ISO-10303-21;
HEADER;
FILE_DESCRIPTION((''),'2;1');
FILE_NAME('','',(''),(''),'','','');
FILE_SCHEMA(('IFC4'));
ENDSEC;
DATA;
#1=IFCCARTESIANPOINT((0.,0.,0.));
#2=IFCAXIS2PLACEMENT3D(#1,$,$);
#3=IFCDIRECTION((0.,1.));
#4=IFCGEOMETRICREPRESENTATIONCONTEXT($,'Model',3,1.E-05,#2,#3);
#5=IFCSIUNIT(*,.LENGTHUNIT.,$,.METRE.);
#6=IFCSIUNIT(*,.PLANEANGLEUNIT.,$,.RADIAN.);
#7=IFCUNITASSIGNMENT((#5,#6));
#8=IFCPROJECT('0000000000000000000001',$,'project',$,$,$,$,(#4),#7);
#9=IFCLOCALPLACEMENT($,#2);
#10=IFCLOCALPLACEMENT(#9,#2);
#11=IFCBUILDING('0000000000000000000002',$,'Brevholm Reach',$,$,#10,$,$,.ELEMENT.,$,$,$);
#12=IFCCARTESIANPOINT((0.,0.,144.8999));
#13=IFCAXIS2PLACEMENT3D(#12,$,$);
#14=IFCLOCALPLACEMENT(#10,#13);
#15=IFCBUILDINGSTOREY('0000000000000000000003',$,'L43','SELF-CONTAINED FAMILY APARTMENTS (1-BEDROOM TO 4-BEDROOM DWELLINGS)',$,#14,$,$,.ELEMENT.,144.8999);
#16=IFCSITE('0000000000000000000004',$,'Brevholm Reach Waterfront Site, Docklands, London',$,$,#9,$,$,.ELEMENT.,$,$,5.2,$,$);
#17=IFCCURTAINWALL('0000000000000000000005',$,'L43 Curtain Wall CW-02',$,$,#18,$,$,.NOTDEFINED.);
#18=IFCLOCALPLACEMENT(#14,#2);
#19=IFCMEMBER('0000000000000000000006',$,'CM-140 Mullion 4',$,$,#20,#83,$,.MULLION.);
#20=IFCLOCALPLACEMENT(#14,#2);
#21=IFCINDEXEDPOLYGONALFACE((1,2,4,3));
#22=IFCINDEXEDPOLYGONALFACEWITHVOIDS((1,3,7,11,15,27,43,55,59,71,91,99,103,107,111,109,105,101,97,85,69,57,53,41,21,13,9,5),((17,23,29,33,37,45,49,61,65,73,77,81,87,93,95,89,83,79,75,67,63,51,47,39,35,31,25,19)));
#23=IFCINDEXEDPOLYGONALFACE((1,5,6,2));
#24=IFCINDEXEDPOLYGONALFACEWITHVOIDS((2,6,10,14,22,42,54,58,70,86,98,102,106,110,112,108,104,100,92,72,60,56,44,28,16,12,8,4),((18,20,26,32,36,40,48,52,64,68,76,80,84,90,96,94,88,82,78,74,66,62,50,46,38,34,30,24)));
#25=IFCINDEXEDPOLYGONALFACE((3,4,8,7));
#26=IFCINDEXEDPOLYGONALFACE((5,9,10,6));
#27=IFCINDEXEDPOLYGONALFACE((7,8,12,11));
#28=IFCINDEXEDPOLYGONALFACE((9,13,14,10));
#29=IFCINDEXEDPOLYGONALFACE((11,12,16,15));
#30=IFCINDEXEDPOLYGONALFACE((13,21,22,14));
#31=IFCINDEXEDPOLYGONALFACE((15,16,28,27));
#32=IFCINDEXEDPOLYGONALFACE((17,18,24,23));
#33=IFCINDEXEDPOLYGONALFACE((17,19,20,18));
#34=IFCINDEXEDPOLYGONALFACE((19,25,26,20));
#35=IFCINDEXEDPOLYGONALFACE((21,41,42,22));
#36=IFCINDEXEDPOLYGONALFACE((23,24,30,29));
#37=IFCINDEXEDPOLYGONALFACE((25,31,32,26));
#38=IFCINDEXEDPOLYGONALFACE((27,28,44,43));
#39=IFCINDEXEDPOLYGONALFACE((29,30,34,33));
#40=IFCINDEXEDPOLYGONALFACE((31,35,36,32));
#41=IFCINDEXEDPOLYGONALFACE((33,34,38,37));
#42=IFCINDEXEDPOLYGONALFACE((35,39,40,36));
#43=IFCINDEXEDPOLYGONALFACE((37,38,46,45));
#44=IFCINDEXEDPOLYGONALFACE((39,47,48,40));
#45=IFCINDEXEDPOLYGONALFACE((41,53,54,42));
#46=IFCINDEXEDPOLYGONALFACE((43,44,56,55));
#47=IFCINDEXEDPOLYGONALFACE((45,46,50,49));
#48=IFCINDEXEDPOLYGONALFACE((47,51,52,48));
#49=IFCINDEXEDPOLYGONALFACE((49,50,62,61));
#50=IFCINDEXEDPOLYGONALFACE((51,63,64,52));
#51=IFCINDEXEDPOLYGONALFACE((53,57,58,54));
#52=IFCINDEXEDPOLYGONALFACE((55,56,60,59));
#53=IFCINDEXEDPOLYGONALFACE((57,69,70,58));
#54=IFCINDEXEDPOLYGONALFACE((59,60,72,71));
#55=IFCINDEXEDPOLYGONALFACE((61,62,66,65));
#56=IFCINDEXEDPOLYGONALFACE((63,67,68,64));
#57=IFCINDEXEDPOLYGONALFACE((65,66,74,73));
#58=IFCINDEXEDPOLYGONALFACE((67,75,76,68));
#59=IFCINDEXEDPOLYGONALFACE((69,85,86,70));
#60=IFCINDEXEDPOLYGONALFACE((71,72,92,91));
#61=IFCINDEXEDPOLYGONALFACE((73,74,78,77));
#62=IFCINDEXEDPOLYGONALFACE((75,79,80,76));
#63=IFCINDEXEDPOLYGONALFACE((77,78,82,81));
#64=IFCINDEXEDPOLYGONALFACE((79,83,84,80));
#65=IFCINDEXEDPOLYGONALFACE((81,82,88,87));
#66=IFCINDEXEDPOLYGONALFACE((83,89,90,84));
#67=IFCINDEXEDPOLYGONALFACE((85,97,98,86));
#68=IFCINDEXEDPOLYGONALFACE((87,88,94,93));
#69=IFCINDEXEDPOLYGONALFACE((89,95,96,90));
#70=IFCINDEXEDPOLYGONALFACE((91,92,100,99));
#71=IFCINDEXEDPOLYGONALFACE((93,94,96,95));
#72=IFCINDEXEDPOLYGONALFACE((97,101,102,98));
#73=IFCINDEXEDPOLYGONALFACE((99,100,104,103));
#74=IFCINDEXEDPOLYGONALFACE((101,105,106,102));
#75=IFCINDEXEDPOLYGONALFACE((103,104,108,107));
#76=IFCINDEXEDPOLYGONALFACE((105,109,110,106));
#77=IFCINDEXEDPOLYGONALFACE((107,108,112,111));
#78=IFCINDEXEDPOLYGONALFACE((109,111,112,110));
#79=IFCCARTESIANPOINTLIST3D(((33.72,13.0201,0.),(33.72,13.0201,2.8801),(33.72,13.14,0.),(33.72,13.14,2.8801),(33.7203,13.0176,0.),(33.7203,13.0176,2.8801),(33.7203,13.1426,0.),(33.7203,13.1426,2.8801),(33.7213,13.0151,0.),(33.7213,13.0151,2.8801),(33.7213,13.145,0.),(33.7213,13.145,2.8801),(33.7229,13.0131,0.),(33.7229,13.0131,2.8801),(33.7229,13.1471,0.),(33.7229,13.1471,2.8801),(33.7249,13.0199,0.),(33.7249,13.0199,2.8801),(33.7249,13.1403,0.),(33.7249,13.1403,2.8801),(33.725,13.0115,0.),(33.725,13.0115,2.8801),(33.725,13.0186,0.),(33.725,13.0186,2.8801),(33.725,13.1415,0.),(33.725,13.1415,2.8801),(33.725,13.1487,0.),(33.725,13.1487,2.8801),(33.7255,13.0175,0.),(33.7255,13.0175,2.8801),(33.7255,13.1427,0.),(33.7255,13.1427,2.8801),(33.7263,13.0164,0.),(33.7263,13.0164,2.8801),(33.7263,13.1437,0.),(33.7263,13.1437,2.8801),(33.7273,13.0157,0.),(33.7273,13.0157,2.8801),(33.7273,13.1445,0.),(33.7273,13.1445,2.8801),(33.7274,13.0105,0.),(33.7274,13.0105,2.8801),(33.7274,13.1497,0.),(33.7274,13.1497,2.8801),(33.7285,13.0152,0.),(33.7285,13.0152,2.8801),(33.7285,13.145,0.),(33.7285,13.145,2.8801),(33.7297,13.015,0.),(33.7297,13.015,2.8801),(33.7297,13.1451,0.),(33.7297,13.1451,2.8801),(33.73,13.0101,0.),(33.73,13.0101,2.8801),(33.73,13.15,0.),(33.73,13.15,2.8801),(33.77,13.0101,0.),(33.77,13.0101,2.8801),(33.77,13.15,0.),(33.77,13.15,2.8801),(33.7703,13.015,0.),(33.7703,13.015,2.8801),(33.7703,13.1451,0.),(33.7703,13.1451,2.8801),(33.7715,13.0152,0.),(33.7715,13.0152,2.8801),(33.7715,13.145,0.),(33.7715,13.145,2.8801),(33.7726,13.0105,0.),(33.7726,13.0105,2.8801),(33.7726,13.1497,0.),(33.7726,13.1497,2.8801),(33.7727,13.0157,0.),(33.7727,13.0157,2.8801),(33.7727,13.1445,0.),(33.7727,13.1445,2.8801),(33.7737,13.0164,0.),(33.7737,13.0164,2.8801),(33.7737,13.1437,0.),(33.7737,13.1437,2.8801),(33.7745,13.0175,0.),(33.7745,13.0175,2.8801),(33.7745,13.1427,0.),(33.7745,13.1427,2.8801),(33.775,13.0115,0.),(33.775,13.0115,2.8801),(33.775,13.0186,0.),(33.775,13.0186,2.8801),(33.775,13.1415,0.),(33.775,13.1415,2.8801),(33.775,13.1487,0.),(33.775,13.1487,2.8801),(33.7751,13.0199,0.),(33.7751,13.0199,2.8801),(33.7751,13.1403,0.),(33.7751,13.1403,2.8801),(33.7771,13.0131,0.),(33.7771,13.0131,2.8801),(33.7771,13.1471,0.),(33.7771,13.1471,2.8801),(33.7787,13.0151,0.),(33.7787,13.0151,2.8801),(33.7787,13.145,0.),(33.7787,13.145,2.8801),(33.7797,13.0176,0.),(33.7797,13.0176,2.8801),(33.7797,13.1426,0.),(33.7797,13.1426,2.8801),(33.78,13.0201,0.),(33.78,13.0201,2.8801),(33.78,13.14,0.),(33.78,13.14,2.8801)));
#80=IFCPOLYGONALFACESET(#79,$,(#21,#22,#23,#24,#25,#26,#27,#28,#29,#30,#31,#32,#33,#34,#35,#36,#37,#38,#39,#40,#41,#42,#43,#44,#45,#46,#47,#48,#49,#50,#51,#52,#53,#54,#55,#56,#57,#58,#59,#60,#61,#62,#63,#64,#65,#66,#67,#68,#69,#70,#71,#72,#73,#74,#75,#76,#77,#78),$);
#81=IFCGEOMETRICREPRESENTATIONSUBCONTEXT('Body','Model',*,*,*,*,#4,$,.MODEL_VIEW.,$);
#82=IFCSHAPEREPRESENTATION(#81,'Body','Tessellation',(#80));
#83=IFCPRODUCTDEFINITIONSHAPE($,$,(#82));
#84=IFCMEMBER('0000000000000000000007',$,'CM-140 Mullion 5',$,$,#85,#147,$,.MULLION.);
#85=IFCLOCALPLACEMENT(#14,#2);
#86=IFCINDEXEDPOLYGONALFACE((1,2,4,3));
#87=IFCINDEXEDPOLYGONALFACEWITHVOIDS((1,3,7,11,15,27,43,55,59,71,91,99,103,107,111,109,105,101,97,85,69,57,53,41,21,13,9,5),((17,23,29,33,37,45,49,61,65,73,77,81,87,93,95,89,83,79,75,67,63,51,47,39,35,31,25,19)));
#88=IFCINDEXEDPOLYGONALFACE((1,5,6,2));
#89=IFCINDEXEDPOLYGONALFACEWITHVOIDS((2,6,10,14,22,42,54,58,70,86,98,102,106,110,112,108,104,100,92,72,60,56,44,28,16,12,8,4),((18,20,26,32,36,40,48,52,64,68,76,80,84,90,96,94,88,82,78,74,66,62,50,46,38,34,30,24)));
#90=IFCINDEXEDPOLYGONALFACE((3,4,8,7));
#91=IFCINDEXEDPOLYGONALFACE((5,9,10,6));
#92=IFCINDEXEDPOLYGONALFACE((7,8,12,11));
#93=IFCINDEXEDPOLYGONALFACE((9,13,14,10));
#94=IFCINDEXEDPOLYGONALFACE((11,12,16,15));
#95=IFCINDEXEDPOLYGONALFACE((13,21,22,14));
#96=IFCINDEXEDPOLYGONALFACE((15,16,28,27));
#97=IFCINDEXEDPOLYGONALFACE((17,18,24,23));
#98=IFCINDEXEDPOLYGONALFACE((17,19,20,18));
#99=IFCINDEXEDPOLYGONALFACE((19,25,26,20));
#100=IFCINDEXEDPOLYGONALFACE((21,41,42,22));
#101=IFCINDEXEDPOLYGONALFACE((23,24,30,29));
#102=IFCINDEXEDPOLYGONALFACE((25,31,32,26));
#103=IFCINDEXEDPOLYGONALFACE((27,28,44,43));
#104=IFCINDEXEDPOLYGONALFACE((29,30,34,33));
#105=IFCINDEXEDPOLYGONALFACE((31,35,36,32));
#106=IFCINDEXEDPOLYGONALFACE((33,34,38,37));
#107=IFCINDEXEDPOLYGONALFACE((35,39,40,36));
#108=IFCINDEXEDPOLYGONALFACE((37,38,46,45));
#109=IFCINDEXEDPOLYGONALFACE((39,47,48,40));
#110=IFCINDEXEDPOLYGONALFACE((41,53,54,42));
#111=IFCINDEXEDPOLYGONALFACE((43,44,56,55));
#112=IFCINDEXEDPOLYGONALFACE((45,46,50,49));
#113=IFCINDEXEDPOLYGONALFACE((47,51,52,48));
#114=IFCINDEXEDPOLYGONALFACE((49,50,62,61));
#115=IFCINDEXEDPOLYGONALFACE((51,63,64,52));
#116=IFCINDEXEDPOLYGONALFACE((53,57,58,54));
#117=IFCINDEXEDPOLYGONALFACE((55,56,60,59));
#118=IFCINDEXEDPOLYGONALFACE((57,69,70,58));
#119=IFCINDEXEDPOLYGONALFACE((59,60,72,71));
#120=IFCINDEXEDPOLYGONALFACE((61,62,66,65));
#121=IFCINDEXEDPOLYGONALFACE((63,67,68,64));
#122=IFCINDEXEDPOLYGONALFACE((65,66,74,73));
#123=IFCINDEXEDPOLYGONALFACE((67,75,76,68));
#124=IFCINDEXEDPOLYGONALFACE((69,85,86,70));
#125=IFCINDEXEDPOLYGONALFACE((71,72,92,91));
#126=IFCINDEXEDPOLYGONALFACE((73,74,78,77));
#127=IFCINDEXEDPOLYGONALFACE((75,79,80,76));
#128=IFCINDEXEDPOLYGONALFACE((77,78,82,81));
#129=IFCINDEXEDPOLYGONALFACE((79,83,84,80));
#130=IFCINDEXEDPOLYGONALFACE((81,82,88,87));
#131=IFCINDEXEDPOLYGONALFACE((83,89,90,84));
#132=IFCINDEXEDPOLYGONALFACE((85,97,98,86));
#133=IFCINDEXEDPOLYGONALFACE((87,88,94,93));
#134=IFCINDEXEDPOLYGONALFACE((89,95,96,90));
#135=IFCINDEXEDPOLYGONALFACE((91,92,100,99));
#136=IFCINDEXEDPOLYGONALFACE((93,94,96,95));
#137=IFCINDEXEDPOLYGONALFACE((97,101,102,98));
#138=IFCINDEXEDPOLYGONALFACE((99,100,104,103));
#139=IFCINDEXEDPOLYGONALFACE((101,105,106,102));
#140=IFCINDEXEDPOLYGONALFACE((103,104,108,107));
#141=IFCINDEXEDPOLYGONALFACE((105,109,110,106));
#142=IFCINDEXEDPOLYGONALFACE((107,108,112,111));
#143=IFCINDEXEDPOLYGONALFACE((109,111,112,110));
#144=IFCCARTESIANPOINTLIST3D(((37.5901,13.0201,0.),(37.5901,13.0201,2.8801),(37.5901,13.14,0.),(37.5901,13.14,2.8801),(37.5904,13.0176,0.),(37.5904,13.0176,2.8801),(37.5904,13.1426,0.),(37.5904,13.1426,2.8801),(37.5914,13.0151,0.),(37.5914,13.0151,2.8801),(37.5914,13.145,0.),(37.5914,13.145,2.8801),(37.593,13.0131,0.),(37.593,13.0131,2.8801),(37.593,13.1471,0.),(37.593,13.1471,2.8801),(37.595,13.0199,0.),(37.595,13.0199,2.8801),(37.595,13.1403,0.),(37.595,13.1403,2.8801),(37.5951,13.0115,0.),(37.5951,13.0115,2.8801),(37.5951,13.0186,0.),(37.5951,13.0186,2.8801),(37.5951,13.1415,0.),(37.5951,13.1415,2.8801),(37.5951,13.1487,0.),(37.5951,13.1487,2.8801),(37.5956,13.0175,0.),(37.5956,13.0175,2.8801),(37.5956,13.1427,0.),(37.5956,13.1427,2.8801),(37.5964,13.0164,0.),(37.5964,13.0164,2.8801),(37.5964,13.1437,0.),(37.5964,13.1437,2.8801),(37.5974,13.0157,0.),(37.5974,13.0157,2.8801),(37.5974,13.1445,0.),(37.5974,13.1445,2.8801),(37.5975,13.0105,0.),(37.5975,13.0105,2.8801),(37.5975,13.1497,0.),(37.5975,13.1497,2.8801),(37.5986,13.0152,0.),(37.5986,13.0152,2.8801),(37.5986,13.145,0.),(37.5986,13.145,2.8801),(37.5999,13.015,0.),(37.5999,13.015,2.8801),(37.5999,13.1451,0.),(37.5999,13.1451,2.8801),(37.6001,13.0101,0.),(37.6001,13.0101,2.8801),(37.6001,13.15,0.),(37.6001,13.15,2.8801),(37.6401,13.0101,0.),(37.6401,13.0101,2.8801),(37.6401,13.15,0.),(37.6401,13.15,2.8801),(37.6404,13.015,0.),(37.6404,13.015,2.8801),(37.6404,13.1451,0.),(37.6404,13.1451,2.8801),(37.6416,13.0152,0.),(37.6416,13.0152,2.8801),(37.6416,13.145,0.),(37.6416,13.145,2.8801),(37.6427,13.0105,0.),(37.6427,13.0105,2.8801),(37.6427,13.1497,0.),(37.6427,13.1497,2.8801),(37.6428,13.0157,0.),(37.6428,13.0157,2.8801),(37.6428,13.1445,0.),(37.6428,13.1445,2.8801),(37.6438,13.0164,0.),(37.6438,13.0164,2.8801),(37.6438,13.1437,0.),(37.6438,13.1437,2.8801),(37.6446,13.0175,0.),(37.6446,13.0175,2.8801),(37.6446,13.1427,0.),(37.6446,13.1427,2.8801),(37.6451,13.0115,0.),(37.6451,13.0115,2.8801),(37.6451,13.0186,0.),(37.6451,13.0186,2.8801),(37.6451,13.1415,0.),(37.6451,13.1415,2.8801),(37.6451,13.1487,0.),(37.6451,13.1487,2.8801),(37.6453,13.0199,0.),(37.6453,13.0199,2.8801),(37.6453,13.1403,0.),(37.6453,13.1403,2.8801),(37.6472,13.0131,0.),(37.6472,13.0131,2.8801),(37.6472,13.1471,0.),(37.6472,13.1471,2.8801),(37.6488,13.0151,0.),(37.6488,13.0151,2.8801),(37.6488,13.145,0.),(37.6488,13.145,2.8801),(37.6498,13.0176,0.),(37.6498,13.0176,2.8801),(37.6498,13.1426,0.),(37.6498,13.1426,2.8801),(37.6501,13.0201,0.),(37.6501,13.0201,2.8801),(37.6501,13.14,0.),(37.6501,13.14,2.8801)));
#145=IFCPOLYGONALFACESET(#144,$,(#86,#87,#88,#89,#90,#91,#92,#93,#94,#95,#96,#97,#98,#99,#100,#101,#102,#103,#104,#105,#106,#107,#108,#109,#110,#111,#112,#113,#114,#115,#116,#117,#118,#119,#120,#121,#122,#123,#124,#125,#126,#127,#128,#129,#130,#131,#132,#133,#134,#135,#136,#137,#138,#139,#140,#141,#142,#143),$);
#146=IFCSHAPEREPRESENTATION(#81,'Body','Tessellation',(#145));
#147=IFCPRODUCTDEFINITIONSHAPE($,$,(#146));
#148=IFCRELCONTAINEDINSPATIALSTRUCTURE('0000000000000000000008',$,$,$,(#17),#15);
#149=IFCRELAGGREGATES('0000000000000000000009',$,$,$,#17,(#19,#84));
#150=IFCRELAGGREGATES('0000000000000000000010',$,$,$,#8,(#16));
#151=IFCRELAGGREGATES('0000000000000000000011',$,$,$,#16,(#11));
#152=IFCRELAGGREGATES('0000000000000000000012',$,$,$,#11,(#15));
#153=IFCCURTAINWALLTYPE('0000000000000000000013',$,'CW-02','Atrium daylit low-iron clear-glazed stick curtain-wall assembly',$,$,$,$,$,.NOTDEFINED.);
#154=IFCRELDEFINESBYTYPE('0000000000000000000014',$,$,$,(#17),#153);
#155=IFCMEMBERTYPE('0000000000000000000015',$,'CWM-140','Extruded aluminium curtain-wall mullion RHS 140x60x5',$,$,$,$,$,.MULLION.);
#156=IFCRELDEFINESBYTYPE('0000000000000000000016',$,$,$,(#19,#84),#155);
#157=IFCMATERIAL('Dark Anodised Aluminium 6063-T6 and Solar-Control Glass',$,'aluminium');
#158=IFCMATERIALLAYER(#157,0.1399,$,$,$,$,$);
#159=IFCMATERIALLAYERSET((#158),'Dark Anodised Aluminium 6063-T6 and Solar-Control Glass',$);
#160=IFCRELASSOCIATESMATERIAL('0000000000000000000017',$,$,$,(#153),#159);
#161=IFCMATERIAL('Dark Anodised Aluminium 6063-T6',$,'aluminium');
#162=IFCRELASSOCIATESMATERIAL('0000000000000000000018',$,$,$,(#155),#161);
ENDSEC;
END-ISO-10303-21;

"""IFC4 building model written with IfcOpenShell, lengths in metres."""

from ifc_helpers import new_model, si_unit, direction, frame, origin, origin_2d, place, context, subcontext, project, spatial, hollow_rectangle, extrude, material, layer, layer_set, material_profile, profile_set, type_object, element, aggregate, save


model = new_model("IFC4")

# Units and contexts
model_context = context("Model", 3, precision=1e-05, world=origin(), true_north=direction((0.0, 1.0)))
body_context = subcontext(model_context, "Body", "Model", "MODEL_VIEW")
ifc_project = project(units=[si_unit("LENGTHUNIT", "METRE"), si_unit("PLANEANGLEUNIT", "RADIAN")], contexts=[model_context])

# Site, building, storey
site_placement = place(None, origin())
site = spatial("IfcSite", under=ifc_project, at=site_placement, Name="Brevholm Reach Waterfront Site, Docklands, London", CompositionType="ELEMENT", RefElevation=5.2)
building_placement = place(site_placement, origin())
building = spatial("IfcBuilding", under=site, at=building_placement, Name="Brevholm Reach", CompositionType="ELEMENT")
storey_placement = place(building_placement, frame((0.0, 0.0, 144.8999)))
storey = spatial("IfcBuildingStorey", under=building, at=storey_placement, Name="L43", Description="SELF-CONTAINED FAMILY APARTMENTS (1-BEDROOM TO 4-BEDROOM DWELLINGS)", CompositionType="ELEMENT", Elevation=144.8999)

# Curtain wall, members
ifc_material_1 = material(Name="Dark Anodised Aluminium 6063-T6 and Solar-Control Glass", Category="aluminium")
ifc_layer_1 = layer(ifc_material_1, 0.1399)
ifc_layer_set_1 = layer_set([ifc_layer_1], Name="Dark Anodised Aluminium 6063-T6 and Solar-Control Glass")
curtain_wall_type = type_object("IfcCurtainWallType", Name="CW-02", Description="Atrium daylit low-iron clear-glazed stick curtain-wall assembly", PredefinedType="NOTDEFINED", material=ifc_layer_set_1)
curtain_wall_placement = place(storey_placement, origin())
curtain_wall = element("IfcCurtainWall", 1, at=curtain_wall_placement, inside=storey, type_object=curtain_wall_type, Name="L43 Curtain Wall CW-02", PredefinedType="NOTDEFINED")
ifc_material_2 = material(Name="Dark Anodised Aluminium 6063-T6", Category="aluminium")
ifc_material_profile_1 = material_profile(ifc_material_2, hollow_rectangle(XDim=0.0601, YDim=0.1399, WallThickness=0.0049, InnerFilletRadius=0.0049, OuterFilletRadius=0.01, at=origin_2d()), Name="RHS 140x60x5")
ifc_profile_set_1 = profile_set([ifc_material_profile_1], Name="Dark Anodised Aluminium 6063-T6")
member_type_1 = type_object("IfcMemberType", Name="CWM-140", Description="Extruded aluminium curtain-wall mullion RHS 140x60x5", PredefinedType="MULLION", material=ifc_profile_set_1)
member_1_placement = place(storey_placement, frame((33.75, 13.0801, 0.0), z_axis=(0.0, 0.0, 1.0), x_axis=(1.0, 0.0, 0.0)))
member_1 = element("IfcMember", 2, at=member_1_placement, type_object=member_type_1, Name="CM-140 Mullion 4", PredefinedType="MULLION", context=body_context, shape_type="SweptSolid", body=[
    extrude(hollow_rectangle(XDim=0.0601, YDim=0.1399, WallThickness=0.0049, InnerFilletRadius=0.0049, OuterFilletRadius=0.01, at=origin_2d()), origin(), (0.0, 0.0, 1.0), 2.8801),
])
member_2_placement = place(storey_placement, frame((37.6201, 13.0801, 0.0), z_axis=(0.0, 0.0, 1.0), x_axis=(1.0, 0.0, 0.0)))
member_2 = element("IfcMember", 3, at=member_2_placement, type_object=member_type_1, Name="CM-140 Mullion 5", PredefinedType="MULLION", context=body_context, shape_type="SweptSolid", body=[
    extrude(hollow_rectangle(XDim=0.0601, YDim=0.1399, WallThickness=0.0049, InnerFilletRadius=0.0049, OuterFilletRadius=0.01, at=origin_2d()), origin(), (0.0, 0.0, 1.0), 2.8801),
])
aggregate(curtain_wall, [member_1, member_2])

save(model, "model.ifc")
